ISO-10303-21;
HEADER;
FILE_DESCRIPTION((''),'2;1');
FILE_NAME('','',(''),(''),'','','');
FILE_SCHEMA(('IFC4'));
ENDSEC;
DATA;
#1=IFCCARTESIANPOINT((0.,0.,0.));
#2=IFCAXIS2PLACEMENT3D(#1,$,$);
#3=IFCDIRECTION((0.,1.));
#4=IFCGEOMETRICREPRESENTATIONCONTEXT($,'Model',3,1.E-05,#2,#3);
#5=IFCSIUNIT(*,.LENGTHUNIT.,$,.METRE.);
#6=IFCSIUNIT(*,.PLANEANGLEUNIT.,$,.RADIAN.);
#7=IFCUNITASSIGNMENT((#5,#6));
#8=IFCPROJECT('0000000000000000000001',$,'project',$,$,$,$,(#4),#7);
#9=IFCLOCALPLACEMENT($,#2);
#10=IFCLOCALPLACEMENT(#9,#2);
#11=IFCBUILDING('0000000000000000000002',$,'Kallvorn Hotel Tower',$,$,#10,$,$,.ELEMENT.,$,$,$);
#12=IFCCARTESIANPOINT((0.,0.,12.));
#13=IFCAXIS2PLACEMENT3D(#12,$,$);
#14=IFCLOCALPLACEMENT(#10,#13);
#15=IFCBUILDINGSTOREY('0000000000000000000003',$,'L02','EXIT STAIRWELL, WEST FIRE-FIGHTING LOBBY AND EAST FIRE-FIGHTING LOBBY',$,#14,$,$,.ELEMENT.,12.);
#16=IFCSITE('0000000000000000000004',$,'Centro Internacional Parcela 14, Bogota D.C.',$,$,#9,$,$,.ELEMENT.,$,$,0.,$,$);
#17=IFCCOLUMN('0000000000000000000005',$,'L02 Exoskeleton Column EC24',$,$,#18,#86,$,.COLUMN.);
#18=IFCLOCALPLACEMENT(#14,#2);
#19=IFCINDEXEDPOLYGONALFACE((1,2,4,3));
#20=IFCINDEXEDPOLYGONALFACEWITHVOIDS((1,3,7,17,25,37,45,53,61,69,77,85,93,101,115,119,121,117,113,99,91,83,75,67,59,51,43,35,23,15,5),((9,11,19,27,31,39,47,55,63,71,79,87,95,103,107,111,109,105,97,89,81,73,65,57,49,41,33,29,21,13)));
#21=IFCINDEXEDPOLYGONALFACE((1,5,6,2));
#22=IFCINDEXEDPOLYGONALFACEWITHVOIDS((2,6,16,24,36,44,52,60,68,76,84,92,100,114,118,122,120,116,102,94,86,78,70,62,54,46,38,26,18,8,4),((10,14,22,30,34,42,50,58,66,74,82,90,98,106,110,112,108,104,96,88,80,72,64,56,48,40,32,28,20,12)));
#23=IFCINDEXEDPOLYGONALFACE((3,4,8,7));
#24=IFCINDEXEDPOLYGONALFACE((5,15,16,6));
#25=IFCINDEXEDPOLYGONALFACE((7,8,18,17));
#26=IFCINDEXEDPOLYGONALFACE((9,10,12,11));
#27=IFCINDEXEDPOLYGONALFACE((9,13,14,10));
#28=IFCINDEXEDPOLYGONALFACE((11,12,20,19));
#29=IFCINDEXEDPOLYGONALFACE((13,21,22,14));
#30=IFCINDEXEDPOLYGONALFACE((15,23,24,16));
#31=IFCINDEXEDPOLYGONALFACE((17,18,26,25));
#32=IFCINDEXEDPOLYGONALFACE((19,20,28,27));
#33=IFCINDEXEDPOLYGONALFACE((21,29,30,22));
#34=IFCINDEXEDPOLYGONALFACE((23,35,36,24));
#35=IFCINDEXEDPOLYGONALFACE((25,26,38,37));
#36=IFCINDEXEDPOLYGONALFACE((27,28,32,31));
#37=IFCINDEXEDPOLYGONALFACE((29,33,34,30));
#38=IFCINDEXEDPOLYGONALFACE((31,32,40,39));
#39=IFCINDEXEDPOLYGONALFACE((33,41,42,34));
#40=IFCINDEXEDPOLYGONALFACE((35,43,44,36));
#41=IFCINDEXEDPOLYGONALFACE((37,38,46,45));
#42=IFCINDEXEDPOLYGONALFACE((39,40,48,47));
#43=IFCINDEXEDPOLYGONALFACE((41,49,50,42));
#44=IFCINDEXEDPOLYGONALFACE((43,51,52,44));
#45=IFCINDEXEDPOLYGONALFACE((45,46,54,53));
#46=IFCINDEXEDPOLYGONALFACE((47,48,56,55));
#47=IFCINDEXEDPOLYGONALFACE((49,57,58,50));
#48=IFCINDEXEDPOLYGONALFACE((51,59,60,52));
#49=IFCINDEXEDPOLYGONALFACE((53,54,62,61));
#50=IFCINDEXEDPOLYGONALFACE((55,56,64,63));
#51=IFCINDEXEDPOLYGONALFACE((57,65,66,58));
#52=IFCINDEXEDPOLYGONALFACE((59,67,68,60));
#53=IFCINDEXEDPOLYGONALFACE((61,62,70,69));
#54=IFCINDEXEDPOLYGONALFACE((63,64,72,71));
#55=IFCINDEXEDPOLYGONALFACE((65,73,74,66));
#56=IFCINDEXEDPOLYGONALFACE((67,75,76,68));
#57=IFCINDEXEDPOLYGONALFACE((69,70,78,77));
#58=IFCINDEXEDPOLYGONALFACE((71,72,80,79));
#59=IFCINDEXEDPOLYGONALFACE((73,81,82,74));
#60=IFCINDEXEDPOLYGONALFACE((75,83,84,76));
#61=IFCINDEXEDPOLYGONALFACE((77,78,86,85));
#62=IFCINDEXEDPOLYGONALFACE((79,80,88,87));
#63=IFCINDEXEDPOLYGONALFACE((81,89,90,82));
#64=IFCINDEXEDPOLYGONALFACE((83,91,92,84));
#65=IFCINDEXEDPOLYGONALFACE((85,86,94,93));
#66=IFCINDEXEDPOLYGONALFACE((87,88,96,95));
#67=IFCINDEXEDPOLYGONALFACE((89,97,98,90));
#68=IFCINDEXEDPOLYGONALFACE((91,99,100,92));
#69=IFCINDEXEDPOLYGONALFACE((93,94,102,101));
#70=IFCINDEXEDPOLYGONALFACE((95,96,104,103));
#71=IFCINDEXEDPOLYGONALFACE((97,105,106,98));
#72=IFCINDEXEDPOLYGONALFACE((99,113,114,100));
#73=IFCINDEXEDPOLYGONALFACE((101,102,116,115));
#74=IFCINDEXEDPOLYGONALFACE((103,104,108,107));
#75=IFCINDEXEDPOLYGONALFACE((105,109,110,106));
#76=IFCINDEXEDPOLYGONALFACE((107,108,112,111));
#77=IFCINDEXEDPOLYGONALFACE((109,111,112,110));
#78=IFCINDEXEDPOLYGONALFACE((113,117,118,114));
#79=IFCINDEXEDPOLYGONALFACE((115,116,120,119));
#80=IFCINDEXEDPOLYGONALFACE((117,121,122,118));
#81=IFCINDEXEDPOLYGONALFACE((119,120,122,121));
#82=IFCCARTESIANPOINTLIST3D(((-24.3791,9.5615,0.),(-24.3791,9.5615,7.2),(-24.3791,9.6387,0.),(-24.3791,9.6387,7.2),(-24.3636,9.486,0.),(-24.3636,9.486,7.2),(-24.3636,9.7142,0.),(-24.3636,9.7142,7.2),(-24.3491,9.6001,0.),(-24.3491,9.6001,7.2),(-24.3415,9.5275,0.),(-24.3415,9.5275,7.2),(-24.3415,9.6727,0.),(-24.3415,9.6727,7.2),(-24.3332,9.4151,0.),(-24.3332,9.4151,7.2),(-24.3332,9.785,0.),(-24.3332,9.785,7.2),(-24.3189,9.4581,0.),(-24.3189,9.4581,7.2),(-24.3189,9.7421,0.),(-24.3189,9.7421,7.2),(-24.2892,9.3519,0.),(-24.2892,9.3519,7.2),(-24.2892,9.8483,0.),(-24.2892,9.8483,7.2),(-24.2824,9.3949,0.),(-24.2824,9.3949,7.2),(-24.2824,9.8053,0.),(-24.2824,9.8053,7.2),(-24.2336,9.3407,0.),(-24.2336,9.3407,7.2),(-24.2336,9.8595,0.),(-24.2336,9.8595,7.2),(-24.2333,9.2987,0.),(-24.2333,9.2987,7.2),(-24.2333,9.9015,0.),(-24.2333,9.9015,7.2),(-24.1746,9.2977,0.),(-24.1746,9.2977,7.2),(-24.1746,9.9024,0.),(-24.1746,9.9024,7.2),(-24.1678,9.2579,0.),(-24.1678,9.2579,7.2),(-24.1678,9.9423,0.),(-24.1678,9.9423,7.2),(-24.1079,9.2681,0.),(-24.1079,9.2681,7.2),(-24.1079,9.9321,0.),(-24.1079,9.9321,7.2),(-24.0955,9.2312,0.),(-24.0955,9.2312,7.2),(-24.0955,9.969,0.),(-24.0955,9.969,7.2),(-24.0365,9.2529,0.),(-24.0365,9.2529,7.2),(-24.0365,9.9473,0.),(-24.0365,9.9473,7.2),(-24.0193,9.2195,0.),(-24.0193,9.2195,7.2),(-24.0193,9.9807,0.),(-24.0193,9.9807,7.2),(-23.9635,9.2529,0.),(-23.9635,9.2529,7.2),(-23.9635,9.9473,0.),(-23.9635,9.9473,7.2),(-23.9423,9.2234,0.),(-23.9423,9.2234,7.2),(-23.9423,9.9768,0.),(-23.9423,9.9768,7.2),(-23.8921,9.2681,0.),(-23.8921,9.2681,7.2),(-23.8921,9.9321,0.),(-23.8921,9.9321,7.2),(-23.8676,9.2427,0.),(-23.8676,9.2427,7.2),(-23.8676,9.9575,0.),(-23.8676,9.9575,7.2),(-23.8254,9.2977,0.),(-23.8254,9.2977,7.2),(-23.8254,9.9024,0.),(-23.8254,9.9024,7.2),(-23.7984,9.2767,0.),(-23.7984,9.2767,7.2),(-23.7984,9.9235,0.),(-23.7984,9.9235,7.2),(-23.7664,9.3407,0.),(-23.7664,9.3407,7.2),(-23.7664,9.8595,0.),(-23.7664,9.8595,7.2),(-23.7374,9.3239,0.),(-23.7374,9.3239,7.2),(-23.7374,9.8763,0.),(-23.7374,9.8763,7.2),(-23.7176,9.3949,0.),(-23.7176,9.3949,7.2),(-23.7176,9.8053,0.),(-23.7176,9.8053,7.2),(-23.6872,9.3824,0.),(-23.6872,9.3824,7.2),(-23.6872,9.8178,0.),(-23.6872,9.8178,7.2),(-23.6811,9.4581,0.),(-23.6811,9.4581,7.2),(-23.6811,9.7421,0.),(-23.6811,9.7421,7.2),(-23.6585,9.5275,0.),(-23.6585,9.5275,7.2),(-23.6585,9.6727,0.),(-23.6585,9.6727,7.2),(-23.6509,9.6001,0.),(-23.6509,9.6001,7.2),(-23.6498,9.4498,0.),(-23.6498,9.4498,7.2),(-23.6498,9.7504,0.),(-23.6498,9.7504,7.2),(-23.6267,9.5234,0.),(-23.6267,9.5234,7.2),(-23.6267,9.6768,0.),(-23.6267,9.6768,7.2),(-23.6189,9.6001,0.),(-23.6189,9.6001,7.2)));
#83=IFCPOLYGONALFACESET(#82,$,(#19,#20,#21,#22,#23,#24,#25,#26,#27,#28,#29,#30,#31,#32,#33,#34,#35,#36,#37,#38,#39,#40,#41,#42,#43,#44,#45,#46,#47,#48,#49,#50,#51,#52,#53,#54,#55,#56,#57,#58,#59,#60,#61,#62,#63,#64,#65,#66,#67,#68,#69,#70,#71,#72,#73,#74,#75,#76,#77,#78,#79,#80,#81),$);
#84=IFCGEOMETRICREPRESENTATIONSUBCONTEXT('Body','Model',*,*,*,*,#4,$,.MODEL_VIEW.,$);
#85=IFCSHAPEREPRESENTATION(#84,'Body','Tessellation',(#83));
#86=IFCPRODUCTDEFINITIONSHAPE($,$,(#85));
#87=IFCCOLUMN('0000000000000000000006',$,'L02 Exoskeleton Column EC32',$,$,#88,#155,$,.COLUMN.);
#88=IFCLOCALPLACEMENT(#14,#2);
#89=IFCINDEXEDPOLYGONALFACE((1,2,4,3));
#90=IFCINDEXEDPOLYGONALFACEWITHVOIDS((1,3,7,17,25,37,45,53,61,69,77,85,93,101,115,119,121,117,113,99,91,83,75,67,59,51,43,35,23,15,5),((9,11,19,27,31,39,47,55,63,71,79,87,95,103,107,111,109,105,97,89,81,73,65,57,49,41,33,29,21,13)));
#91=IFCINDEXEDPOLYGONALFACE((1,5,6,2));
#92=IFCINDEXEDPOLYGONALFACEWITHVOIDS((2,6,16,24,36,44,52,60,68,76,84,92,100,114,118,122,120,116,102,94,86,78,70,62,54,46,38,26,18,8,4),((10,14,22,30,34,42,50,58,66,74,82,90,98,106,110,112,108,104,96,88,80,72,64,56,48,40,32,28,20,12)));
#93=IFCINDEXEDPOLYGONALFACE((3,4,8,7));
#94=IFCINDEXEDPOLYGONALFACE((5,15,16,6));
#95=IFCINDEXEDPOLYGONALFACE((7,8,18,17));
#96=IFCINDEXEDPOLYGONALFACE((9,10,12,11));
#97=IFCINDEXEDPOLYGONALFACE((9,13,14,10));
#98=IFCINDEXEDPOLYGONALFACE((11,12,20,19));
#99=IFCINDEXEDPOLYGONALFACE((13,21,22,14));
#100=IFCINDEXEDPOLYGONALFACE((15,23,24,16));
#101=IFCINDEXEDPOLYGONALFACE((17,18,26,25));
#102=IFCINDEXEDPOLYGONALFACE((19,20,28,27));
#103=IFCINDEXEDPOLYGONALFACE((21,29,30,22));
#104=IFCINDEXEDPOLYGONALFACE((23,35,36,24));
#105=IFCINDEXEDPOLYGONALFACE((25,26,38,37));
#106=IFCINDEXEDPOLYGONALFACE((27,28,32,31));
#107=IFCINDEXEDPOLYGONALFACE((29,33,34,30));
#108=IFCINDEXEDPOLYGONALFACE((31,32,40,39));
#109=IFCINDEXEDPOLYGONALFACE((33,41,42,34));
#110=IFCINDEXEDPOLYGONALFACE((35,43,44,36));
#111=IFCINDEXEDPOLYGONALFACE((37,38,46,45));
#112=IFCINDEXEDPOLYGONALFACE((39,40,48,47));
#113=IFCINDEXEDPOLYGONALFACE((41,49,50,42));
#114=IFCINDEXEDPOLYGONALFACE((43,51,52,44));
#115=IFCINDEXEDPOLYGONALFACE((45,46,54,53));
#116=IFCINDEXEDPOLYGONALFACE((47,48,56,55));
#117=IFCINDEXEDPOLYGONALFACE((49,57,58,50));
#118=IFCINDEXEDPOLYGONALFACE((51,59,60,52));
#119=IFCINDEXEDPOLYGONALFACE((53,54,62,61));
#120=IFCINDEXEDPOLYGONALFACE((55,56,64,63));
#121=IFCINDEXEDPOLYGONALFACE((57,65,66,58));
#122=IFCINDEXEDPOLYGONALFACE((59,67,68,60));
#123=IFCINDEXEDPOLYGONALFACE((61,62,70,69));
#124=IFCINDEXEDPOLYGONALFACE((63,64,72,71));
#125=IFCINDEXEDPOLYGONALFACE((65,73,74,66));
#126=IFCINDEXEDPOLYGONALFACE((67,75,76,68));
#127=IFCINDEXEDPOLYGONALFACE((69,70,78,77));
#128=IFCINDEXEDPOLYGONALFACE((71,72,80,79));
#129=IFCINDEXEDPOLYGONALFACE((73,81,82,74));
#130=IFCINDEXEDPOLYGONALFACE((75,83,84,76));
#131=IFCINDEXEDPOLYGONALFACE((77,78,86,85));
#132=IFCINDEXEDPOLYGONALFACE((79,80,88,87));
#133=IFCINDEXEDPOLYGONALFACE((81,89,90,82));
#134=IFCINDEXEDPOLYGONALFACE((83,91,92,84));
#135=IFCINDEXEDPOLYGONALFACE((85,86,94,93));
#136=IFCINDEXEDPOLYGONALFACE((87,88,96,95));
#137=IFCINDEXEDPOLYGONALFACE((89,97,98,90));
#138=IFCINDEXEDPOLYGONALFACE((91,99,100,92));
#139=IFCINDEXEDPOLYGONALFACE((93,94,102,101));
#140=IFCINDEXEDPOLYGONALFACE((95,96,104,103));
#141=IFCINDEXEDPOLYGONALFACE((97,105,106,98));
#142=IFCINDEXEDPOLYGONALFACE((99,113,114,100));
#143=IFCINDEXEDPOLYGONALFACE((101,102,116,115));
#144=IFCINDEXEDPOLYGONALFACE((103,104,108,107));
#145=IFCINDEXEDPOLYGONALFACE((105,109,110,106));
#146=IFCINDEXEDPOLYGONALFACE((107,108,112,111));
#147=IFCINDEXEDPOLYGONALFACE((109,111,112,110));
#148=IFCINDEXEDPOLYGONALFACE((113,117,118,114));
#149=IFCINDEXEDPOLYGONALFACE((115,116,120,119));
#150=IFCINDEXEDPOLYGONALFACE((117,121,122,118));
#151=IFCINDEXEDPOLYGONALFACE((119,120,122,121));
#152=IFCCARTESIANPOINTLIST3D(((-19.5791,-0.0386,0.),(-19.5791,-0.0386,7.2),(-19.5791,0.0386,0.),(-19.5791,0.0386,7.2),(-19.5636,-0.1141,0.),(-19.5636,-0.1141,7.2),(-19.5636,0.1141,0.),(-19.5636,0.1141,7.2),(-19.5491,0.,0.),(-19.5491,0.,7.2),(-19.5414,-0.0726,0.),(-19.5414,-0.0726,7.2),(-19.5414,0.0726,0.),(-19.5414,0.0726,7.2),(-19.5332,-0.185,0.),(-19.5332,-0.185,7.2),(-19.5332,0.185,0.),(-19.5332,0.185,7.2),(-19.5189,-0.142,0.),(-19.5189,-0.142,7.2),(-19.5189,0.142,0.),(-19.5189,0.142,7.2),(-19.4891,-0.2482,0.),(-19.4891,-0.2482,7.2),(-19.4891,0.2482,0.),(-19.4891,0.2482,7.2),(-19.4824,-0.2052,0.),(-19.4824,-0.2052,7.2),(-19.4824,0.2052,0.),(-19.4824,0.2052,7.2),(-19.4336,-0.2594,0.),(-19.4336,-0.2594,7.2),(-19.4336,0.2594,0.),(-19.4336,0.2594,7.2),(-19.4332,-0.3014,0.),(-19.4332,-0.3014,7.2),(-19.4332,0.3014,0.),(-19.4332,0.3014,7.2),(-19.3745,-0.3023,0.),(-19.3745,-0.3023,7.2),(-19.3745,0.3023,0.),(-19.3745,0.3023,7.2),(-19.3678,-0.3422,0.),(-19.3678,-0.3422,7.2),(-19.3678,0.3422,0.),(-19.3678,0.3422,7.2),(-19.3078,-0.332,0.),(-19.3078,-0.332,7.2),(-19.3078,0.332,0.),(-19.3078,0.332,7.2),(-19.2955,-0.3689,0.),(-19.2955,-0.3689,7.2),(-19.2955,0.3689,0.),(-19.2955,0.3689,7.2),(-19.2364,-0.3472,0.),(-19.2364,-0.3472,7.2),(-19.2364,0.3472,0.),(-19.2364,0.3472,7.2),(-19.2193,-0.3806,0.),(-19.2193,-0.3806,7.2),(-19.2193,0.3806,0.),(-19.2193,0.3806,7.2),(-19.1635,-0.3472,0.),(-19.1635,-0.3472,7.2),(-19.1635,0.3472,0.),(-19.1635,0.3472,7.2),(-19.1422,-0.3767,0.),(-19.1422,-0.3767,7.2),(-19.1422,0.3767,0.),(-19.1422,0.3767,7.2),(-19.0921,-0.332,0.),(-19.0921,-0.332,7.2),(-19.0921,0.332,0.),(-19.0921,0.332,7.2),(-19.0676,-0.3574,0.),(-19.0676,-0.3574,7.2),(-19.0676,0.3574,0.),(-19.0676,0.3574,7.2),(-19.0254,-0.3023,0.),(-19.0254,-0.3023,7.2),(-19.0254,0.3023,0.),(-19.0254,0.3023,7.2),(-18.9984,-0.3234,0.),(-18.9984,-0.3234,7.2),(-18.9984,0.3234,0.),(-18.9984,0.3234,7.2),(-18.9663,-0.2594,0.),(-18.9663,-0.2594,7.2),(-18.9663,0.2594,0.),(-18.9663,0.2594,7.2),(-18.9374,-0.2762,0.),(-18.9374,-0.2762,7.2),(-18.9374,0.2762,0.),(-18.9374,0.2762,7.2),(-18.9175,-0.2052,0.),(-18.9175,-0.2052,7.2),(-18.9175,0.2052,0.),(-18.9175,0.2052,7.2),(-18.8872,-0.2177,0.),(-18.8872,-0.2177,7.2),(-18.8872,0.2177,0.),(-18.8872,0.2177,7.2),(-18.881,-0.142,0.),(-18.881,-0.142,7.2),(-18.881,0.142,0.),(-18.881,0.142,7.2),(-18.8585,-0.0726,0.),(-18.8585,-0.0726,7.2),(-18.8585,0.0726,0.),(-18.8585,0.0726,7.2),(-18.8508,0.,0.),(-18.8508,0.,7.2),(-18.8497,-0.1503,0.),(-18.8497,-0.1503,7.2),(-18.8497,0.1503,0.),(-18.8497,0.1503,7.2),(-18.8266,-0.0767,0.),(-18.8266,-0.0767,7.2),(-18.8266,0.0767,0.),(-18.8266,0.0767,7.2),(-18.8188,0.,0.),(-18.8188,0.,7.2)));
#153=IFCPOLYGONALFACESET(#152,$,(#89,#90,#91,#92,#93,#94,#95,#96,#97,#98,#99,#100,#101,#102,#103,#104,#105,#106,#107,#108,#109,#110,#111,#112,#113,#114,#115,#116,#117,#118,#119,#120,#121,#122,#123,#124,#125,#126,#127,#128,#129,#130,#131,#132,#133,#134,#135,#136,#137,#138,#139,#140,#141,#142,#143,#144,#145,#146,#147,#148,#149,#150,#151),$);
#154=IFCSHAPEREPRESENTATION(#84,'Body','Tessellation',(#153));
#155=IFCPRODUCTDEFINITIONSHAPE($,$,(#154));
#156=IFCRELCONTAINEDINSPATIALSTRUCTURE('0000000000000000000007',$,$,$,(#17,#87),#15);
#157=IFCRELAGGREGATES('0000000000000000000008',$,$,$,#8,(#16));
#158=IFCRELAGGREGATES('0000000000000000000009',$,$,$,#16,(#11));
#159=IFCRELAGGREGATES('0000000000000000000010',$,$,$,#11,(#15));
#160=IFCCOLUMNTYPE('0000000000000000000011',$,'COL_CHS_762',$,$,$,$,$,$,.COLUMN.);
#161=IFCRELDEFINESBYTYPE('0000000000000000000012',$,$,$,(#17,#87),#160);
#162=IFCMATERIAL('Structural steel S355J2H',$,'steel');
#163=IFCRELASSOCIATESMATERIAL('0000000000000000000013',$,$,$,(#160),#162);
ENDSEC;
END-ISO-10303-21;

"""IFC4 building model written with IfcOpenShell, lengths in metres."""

from ifc_helpers import new_model, si_unit, direction, frame, origin, origin_2d, place, context, subcontext, project, spatial, hollow_circle, extrude, material, material_profile, profile_set, type_object, element, save


model = new_model("IFC4")

# Units and contexts
model_context = context("Model", 3, precision=1e-05, world=origin(), true_north=direction((0.0, 1.0)))
body_context = subcontext(model_context, "Body", "Model", "MODEL_VIEW")
ifc_project = project(units=[si_unit("LENGTHUNIT", "METRE"), si_unit("PLANEANGLEUNIT", "RADIAN")], contexts=[model_context])

# Site, building, storey
site_placement = place(None, origin())
site = spatial("IfcSite", under=ifc_project, at=site_placement, Name="Centro Internacional Parcela 14, Bogota D.C.", CompositionType="ELEMENT", RefElevation=0.0)
building_placement = place(site_placement, origin())
building = spatial("IfcBuilding", under=site, at=building_placement, Name="Kallvorn Hotel Tower", CompositionType="ELEMENT")
storey_placement = place(building_placement, frame((0.0, 0.0, 12.0)))
storey = spatial("IfcBuildingStorey", under=building, at=storey_placement, Name="L02", Description="EXIT STAIRWELL, WEST FIRE-FIGHTING LOBBY AND EAST FIRE-FIGHTING LOBBY", CompositionType="ELEMENT", Elevation=12.0)

# Columns
ifc_material_1 = material(Name="Structural steel S355J2H", Category="steel")
ifc_material_profile_1 = material_profile(ifc_material_1, hollow_circle(Radius=0.3811, WallThickness=0.032, at=origin_2d()), Name="CHS 762x32")
ifc_profile_set_1 = profile_set([ifc_material_profile_1], Name="Structural steel S355J2H")
column_type_1 = type_object("IfcColumnType", Name="COL_CHS_762", PredefinedType="COLUMN", material=ifc_profile_set_1)
for number, where, z_axis, x_axis, name in (
    (1, (-24.0, 9.6001, 0.0), (0.0, 0.0, 1.0), (1.0, 0.0, 0.0), "L02 Exoskeleton Column EC24"),
    (2, (-19.2, 0.0, 0.0), (0.0, 0.0, 1.0), (1.0, 0.0, 0.0), "L02 Exoskeleton Column EC32"),
):
    element("IfcColumn", number, at=place(storey_placement, frame(where, z_axis=z_axis, x_axis=x_axis)), inside=storey, type_object=column_type_1, Name=name, PredefinedType="COLUMN", context=body_context, shape_type="SweptSolid", body=[
        extrude(hollow_circle(Radius=0.3811, WallThickness=0.032, at=origin_2d()), origin(), (0.0, 0.0, 1.0), 7.2),
    ])

save(model, "model.ifc")
